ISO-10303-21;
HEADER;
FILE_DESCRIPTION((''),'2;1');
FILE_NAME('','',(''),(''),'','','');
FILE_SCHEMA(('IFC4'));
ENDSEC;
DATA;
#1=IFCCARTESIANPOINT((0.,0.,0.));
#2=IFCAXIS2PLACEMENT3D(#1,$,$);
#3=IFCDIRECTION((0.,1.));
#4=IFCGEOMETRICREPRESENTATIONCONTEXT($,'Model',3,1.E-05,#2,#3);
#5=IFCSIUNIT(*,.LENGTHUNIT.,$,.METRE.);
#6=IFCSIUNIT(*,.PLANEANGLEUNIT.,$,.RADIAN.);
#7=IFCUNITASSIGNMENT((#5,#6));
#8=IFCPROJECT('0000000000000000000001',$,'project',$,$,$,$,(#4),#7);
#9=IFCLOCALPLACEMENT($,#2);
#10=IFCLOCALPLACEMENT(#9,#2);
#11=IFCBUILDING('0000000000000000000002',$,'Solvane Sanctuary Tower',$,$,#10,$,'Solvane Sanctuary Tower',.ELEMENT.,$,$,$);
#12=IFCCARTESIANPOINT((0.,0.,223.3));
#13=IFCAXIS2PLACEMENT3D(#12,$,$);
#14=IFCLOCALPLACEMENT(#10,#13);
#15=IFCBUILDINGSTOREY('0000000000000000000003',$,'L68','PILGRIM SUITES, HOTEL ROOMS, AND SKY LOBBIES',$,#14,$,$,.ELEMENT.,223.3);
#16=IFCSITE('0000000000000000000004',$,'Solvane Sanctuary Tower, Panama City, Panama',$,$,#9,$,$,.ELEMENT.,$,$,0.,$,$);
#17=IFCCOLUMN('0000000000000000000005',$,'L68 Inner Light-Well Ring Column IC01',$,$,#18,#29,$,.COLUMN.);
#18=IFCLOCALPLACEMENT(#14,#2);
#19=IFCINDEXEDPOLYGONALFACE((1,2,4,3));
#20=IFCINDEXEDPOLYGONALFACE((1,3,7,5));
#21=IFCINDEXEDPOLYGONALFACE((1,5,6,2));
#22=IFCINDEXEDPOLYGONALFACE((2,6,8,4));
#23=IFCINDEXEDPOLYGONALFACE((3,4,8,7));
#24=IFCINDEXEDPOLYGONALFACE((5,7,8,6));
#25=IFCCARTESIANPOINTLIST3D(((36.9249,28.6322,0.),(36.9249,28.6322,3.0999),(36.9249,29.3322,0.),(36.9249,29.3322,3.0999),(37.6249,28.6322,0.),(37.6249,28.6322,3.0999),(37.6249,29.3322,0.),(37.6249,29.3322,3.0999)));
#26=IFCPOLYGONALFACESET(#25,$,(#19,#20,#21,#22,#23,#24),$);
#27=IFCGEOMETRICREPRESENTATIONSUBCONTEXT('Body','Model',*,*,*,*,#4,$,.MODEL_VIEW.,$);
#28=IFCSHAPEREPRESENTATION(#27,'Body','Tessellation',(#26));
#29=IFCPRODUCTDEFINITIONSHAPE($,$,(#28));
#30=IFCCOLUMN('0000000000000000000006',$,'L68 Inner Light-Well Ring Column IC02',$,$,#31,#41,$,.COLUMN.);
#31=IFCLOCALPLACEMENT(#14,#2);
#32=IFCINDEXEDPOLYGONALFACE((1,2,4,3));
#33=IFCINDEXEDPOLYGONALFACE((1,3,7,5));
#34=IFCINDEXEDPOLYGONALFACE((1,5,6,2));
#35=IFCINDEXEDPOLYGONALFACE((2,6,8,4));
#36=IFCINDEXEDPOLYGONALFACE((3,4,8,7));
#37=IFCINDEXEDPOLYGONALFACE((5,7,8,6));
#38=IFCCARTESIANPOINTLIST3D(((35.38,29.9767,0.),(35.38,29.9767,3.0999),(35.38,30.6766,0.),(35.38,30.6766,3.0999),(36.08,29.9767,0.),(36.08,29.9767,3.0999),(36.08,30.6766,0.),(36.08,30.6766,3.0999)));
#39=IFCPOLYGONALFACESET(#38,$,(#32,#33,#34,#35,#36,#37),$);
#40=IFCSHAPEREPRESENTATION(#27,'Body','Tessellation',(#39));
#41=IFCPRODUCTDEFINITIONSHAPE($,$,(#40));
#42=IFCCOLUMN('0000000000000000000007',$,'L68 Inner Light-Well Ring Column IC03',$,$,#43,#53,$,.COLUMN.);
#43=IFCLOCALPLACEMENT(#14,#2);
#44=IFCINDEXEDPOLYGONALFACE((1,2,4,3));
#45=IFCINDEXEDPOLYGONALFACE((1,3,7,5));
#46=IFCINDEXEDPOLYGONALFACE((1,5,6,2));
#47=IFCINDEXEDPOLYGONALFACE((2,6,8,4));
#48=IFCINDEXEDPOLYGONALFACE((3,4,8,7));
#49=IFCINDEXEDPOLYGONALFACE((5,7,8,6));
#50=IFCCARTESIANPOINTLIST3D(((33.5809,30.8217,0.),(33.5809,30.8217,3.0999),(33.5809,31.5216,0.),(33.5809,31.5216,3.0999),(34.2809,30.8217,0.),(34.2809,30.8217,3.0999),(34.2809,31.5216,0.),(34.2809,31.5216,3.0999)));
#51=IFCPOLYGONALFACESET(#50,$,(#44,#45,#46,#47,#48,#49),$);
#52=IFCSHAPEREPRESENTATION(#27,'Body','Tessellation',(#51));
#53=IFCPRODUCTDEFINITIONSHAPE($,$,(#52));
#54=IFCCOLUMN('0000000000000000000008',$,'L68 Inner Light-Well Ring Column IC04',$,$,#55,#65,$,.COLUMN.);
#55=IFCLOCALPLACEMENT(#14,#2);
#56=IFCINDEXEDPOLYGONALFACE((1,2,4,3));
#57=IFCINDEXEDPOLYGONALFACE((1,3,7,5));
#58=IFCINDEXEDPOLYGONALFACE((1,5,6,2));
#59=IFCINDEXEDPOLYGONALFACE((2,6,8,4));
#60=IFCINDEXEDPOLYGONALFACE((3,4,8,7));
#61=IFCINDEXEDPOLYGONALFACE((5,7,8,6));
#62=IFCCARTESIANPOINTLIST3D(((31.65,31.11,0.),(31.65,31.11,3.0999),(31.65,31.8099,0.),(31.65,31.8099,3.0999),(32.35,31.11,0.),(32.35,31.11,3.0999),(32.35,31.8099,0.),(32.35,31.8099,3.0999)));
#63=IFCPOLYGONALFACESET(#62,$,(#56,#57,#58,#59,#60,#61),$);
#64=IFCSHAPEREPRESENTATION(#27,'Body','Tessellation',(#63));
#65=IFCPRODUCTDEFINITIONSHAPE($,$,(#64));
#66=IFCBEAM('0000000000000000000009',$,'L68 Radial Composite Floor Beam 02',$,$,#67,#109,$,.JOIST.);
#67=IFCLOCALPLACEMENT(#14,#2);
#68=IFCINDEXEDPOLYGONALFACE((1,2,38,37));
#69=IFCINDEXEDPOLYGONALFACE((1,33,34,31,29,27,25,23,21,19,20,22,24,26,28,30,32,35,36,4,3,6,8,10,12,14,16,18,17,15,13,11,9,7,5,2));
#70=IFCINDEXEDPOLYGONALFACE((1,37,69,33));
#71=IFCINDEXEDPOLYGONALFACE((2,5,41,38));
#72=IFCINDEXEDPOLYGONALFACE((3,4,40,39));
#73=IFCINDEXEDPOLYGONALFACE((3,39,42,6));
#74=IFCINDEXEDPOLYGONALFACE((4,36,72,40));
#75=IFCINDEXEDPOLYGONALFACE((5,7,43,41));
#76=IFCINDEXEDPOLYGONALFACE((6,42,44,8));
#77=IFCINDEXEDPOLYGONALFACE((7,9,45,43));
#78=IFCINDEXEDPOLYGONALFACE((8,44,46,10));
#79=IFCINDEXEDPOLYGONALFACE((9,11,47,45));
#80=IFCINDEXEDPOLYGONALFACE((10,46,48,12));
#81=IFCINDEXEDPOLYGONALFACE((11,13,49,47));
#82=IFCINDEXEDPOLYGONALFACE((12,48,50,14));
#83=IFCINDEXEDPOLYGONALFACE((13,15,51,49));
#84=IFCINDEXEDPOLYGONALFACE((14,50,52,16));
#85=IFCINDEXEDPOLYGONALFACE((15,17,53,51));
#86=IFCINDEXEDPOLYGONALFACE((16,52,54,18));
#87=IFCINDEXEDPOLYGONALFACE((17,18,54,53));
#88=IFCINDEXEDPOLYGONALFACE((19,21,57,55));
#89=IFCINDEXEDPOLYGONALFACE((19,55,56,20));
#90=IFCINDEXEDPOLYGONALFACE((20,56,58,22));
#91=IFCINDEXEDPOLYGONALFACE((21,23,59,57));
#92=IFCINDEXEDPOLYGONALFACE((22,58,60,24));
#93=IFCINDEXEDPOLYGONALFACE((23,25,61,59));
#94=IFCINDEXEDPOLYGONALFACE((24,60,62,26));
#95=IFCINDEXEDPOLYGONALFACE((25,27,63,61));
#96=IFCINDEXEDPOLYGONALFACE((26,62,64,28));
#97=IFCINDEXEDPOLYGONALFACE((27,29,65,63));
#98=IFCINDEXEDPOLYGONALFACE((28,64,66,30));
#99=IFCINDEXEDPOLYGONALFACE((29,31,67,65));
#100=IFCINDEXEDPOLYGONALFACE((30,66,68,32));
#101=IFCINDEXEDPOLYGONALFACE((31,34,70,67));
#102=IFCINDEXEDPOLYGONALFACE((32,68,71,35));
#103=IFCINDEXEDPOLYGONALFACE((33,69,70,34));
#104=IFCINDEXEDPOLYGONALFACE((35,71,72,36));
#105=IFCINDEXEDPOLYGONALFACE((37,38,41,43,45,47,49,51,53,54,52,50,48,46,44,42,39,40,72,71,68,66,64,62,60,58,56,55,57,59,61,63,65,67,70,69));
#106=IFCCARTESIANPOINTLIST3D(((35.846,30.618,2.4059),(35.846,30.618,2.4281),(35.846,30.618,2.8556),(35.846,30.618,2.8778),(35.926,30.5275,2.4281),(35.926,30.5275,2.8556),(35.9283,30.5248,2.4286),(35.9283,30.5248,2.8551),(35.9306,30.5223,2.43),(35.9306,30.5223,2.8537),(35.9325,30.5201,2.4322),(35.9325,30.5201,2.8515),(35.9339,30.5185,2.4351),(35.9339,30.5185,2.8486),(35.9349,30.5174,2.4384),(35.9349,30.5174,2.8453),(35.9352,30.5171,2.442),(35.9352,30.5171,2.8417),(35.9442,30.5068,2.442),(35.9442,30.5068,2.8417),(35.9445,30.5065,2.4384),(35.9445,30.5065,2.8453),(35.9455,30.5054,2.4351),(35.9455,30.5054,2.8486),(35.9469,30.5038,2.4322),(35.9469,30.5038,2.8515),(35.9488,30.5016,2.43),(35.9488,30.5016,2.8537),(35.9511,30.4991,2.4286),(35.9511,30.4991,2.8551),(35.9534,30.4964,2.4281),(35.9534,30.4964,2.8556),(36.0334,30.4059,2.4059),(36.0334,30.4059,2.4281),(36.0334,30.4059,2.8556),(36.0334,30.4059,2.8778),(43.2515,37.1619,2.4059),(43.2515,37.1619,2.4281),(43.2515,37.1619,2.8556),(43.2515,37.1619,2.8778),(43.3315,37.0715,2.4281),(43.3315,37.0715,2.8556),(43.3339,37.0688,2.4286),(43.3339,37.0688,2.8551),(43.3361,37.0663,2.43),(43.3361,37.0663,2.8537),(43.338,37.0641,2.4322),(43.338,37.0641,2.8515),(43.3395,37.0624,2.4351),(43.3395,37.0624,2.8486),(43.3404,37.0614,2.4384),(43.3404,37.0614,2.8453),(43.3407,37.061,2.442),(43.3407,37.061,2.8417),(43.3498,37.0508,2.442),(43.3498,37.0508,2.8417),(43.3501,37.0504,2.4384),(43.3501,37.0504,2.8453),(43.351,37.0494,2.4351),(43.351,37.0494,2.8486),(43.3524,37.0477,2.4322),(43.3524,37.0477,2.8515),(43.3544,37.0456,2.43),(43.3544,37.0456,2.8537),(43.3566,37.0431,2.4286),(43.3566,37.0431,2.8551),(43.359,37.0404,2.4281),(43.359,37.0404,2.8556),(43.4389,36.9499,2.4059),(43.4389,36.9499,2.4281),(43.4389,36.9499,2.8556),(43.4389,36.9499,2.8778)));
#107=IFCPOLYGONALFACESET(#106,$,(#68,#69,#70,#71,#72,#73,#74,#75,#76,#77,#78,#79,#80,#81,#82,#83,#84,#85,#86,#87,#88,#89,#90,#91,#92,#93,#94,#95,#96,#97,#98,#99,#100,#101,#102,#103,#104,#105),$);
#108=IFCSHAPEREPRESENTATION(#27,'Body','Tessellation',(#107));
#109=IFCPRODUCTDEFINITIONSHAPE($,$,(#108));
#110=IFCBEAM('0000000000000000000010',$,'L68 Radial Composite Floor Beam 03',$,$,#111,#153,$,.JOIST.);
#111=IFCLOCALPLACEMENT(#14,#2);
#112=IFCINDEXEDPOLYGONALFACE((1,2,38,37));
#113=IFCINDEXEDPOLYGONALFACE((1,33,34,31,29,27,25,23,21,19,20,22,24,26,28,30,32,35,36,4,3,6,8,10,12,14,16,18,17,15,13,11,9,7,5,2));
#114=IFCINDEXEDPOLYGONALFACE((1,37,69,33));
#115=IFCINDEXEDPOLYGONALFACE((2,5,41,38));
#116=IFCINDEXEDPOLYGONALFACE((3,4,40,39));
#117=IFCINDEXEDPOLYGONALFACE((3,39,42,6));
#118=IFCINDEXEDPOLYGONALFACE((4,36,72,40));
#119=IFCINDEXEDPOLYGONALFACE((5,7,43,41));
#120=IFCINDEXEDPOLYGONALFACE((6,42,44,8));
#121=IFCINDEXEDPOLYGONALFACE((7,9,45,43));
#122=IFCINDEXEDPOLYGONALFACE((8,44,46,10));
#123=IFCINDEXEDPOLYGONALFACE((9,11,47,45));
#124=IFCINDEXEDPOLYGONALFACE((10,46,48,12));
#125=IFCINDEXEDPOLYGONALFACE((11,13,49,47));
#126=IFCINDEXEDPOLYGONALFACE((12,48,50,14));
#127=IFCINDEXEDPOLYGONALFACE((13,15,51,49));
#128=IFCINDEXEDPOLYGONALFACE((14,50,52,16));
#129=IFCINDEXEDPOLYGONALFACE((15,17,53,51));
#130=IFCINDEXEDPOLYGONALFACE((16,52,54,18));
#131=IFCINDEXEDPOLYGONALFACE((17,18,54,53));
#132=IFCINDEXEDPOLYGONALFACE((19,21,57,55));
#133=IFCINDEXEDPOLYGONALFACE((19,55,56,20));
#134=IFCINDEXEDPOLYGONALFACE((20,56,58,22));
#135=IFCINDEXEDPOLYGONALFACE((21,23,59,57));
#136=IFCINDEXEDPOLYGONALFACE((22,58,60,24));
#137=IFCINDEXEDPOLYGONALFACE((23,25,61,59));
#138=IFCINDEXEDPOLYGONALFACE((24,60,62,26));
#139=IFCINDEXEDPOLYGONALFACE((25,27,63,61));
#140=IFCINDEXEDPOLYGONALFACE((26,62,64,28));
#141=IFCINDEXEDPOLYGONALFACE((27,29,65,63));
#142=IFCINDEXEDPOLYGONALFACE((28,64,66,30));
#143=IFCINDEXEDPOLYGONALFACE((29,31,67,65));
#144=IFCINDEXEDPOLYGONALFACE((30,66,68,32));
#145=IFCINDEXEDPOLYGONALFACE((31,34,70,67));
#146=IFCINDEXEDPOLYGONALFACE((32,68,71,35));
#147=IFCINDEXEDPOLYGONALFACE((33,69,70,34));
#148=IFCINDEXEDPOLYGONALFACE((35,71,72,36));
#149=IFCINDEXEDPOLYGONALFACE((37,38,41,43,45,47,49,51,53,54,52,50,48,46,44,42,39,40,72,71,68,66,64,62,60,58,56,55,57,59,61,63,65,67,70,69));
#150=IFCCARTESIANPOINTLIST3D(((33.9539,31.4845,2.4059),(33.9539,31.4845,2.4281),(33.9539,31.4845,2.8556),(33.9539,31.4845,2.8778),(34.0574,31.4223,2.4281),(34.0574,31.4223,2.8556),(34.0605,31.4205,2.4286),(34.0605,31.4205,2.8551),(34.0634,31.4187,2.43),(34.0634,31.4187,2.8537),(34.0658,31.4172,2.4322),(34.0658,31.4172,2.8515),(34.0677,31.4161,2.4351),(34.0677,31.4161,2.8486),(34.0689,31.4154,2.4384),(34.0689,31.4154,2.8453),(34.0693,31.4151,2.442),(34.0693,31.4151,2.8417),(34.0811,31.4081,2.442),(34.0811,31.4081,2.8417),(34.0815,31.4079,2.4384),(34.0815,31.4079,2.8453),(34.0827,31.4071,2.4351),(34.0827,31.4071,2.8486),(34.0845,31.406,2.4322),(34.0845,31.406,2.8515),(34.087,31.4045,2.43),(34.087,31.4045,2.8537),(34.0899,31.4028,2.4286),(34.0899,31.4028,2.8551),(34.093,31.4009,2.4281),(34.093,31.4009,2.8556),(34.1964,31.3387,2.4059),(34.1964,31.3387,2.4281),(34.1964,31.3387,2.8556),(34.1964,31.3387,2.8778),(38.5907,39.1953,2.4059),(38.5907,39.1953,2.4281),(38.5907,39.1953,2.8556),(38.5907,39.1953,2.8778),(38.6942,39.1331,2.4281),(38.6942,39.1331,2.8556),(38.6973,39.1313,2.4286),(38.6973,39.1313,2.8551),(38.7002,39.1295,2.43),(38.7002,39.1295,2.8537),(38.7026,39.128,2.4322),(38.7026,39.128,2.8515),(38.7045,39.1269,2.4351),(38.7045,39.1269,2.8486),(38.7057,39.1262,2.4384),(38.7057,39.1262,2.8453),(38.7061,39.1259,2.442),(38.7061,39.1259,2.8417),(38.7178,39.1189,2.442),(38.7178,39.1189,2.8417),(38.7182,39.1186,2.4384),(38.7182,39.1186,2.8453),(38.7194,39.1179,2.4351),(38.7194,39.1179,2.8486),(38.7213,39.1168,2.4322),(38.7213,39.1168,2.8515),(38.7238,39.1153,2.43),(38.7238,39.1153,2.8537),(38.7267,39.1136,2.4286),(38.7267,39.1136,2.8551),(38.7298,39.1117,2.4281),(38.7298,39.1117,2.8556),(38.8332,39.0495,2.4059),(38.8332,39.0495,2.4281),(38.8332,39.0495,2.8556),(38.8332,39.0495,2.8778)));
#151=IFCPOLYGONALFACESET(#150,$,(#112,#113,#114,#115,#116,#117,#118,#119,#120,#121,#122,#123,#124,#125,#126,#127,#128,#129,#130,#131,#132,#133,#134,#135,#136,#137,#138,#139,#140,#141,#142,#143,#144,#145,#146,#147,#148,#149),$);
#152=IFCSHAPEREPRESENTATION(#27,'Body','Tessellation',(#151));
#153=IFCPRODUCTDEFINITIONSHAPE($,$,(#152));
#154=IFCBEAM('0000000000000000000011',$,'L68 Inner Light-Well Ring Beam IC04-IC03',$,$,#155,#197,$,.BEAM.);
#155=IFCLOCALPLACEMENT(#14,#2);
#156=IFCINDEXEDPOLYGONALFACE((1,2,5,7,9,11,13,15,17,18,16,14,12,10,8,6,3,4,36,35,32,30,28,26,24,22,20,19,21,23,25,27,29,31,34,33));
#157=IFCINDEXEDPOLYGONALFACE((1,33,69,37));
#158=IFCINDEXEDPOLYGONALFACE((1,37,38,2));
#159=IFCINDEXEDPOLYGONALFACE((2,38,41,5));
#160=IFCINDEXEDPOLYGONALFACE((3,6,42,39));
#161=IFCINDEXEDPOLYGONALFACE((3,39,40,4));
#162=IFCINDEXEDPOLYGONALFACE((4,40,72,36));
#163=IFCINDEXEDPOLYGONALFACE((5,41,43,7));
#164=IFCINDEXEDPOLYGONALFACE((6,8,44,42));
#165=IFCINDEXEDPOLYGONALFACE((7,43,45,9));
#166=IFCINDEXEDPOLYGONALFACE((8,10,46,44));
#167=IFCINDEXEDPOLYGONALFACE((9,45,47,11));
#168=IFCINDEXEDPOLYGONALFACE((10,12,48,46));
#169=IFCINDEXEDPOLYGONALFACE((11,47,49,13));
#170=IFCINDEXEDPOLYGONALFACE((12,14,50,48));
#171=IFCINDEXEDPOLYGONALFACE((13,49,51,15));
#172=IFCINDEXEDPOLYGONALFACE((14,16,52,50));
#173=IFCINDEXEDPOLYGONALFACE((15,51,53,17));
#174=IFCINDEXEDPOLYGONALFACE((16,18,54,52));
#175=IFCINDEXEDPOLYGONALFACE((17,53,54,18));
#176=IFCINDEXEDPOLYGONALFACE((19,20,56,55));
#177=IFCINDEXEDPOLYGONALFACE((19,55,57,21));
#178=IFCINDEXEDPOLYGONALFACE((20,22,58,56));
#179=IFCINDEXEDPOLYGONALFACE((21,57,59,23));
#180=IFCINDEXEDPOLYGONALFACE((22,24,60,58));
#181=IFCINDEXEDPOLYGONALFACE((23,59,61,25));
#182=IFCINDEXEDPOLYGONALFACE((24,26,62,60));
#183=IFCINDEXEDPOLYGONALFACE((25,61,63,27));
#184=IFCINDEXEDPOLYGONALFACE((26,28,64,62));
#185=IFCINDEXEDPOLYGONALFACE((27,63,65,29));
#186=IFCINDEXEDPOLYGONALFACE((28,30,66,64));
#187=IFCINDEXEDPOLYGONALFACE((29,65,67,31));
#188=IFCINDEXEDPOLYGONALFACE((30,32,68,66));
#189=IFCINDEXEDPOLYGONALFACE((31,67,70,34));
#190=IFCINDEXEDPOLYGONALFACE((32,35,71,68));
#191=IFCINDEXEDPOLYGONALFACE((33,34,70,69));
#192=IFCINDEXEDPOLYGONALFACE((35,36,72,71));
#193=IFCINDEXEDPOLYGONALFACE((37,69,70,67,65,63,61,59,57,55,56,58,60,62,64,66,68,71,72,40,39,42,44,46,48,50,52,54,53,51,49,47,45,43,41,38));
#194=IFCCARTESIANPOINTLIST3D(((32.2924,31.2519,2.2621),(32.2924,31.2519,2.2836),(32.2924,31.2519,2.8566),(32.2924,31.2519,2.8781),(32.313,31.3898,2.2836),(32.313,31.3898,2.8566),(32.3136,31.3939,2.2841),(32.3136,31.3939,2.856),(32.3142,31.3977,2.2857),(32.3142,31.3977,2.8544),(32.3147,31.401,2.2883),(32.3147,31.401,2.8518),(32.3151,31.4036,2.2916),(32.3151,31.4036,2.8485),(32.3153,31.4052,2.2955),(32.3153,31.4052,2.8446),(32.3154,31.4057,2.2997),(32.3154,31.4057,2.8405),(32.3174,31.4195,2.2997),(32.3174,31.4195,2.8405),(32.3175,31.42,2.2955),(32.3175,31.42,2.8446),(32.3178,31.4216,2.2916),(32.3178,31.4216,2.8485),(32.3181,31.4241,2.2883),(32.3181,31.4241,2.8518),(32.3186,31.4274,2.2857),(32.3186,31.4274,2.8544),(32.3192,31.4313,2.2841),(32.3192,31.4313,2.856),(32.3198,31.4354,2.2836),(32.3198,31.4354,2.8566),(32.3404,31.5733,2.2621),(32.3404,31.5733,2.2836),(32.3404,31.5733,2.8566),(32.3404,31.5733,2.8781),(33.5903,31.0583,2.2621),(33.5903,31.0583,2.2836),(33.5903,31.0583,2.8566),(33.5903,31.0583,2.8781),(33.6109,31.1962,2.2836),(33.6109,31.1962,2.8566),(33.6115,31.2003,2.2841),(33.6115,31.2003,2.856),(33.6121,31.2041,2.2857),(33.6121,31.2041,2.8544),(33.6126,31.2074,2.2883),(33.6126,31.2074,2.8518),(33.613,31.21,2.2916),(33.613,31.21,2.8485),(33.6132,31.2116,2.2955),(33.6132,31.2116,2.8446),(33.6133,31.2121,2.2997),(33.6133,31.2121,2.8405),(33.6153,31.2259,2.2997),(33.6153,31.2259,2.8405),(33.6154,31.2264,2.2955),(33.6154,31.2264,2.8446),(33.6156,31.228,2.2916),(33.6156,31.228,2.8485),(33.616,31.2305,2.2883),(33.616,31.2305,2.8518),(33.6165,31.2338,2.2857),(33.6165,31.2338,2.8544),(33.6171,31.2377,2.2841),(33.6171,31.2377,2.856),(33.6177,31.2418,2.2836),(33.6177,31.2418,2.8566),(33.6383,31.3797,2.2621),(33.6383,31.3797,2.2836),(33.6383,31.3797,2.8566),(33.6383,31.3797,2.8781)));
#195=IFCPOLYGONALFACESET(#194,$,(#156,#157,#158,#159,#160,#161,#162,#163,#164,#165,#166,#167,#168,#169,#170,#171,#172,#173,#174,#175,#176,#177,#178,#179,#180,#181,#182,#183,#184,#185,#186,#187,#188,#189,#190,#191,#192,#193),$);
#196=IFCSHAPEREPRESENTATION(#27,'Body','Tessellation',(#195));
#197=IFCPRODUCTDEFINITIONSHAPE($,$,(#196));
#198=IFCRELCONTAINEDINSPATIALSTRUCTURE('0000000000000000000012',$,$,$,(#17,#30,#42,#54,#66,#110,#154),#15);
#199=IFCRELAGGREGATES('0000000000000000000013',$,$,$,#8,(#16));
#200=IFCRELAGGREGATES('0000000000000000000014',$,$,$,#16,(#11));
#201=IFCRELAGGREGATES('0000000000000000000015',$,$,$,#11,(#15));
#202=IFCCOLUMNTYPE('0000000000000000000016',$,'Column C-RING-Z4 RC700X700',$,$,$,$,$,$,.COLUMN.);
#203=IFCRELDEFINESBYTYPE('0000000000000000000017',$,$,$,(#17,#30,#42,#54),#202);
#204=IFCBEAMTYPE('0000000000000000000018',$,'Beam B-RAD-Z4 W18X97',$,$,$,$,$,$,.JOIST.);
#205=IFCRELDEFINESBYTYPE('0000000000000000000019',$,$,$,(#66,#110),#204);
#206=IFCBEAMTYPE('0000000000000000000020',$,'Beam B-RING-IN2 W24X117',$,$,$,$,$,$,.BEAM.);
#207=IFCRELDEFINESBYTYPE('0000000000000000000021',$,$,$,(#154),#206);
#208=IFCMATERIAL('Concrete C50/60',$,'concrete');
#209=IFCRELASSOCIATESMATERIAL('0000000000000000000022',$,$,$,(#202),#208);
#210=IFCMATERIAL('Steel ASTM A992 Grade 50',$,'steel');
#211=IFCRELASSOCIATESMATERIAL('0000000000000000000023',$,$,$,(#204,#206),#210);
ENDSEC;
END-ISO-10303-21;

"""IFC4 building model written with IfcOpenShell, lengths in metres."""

from ifc_helpers import new_model, si_unit, direction, frame, origin, origin_2d, place, context, subcontext, project, spatial, rectangle, i_section, extrude, material, material_profile, profile_set, type_object, element, save


model = new_model("IFC4")

# Units and contexts
model_context = context("Model", 3, precision=1e-05, world=origin(), true_north=direction((0.0, 1.0)))
body_context = subcontext(model_context, "Body", "Model", "MODEL_VIEW")
ifc_project = project(units=[si_unit("LENGTHUNIT", "METRE"), si_unit("PLANEANGLEUNIT", "RADIAN")], contexts=[model_context])

# Site, building, storey
site_placement = place(None, origin())
site = spatial("IfcSite", under=ifc_project, at=site_placement, Name="Solvane Sanctuary Tower, Panama City, Panama", CompositionType="ELEMENT", RefElevation=0.0)
building_placement = place(site_placement, origin())
building = spatial("IfcBuilding", under=site, at=building_placement, Name="Solvane Sanctuary Tower", LongName="Solvane Sanctuary Tower", CompositionType="ELEMENT")
storey_placement = place(building_placement, frame((0.0, 0.0, 223.3)))
storey = spatial("IfcBuildingStorey", under=building, at=storey_placement, Name="L68", Description="PILGRIM SUITES, HOTEL ROOMS, AND SKY LOBBIES", CompositionType="ELEMENT", Elevation=223.3)

# Columns
ifc_material_1 = material(Name="Concrete C50/60", Category="concrete")
ifc_material_profile_1 = material_profile(ifc_material_1, rectangle(XDim=0.7, YDim=0.7, at=origin_2d()), Name="RC700X700")
ifc_profile_set_1 = profile_set([ifc_material_profile_1], Name="Concrete C50/60")
column_type = type_object("IfcColumnType", Name="Column C-RING-Z4 RC700X700", PredefinedType="COLUMN", material=ifc_profile_set_1)
for number, where, z_axis, x_axis, name in (
    (1, (37.2749, 28.9822, 0.0), (0.0, 0.0, 1.0), (1.0, 0.0, 0.0), "L68 Inner Light-Well Ring Column IC01"),
    (2, (35.73, 30.3267, 0.0), (0.0, 0.0, 1.0), (1.0, 0.0, 0.0), "L68 Inner Light-Well Ring Column IC02"),
    (3, (33.9309, 31.1716, 0.0), (0.0, 0.0, 1.0), (1.0, 0.0, 0.0), "L68 Inner Light-Well Ring Column IC03"),
    (4, (32.0, 31.46, 0.0), (0.0, 0.0, 1.0), (1.0, 0.0, 0.0), "L68 Inner Light-Well Ring Column IC04"),
):
    element("IfcColumn", number, at=place(storey_placement, frame(where, z_axis=z_axis, x_axis=x_axis)), inside=storey, type_object=column_type, Name=name, PredefinedType="COLUMN", context=body_context, shape_type="SweptSolid", body=[
        extrude(rectangle(XDim=0.7, YDim=0.7, at=origin_2d()), origin(), (0.0, 0.0, 1.0), 3.0999),
    ])

# Beams
ifc_material_2 = material(Name="Steel ASTM A992 Grade 50", Category="steel")
ifc_material_profile_2 = material_profile(ifc_material_2, i_section(OverallWidth=0.283, OverallDepth=0.4719, WebThickness=0.0137, FlangeThickness=0.0222, FilletRadius=0.0139, at=origin_2d()), Name="W18X97")
ifc_profile_set_2 = profile_set([ifc_material_profile_2], Name="Steel ASTM A992 Grade 50")
beam_type_1 = type_object("IfcBeamType", Name="Beam B-RAD-Z4 W18X97", PredefinedType="JOIST", material=ifc_profile_set_2)
beam_1_placement = place(storey_placement, frame((35.9397, 30.512, 2.6418), z_axis=(0.749352, 0.662171, 0.0), x_axis=(-0.662171, 0.749352, 0.0)))
element("IfcBeam", 5, at=beam_1_placement, inside=storey, type_object=beam_type_1, Name="L68 Radial Composite Floor Beam 02", PredefinedType="JOIST", context=body_context, shape_type="SweptSolid", body=[
    extrude(i_section(OverallWidth=0.283, OverallDepth=0.4719, WebThickness=0.0137, FlangeThickness=0.0222, FilletRadius=0.0139, at=origin_2d()), origin(), (0.0, 0.0, 1.0), 9.8826),
])
beam_2_placement = place(storey_placement, frame((34.0752, 31.4116, 2.6418), z_axis=(0.515337, 0.856987, 0.0), x_axis=(-0.856987, 0.515337, 0.0)))
element("IfcBeam", 6, at=beam_2_placement, inside=storey, type_object=beam_type_1, Name="L68 Radial Composite Floor Beam 03", PredefinedType="JOIST", context=body_context, shape_type="SweptSolid", body=[
    extrude(i_section(OverallWidth=0.283, OverallDepth=0.4719, WebThickness=0.0137, FlangeThickness=0.0222, FilletRadius=0.0139, at=origin_2d()), origin(), (0.0, 0.0, 1.0), 8.9976),
])
ifc_material_profile_3 = material_profile(ifc_material_2, i_section(OverallWidth=0.325, OverallDepth=0.616, WebThickness=0.0139, FlangeThickness=0.0215, FilletRadius=0.0161, at=origin_2d()), Name="W24X117")
ifc_profile_set_3 = profile_set([ifc_material_profile_3], Name="Steel ASTM A992 Grade 50")
beam_type_2 = type_object("IfcBeamType", Name="Beam B-RING-IN2 W24X117", PredefinedType="BEAM", material=ifc_profile_set_3)
beam_3_placement = place(storey_placement, frame((32.3164, 31.4126, 2.5701), z_axis=(0.989056, -0.14754, 0.0), x_axis=(0.14754, 0.989056, 0.0)))
element("IfcBeam", 7, at=beam_3_placement, inside=storey, type_object=beam_type_2, Name="L68 Inner Light-Well Ring Beam IC04-IC03", PredefinedType="BEAM", context=body_context, shape_type="SweptSolid", body=[
    extrude(i_section(OverallWidth=0.325, OverallDepth=0.616, WebThickness=0.0139, FlangeThickness=0.0215, FilletRadius=0.0161, at=origin_2d()), origin(), (0.0, 0.0, 1.0), 1.3123),
])

save(model, "model.ifc")
